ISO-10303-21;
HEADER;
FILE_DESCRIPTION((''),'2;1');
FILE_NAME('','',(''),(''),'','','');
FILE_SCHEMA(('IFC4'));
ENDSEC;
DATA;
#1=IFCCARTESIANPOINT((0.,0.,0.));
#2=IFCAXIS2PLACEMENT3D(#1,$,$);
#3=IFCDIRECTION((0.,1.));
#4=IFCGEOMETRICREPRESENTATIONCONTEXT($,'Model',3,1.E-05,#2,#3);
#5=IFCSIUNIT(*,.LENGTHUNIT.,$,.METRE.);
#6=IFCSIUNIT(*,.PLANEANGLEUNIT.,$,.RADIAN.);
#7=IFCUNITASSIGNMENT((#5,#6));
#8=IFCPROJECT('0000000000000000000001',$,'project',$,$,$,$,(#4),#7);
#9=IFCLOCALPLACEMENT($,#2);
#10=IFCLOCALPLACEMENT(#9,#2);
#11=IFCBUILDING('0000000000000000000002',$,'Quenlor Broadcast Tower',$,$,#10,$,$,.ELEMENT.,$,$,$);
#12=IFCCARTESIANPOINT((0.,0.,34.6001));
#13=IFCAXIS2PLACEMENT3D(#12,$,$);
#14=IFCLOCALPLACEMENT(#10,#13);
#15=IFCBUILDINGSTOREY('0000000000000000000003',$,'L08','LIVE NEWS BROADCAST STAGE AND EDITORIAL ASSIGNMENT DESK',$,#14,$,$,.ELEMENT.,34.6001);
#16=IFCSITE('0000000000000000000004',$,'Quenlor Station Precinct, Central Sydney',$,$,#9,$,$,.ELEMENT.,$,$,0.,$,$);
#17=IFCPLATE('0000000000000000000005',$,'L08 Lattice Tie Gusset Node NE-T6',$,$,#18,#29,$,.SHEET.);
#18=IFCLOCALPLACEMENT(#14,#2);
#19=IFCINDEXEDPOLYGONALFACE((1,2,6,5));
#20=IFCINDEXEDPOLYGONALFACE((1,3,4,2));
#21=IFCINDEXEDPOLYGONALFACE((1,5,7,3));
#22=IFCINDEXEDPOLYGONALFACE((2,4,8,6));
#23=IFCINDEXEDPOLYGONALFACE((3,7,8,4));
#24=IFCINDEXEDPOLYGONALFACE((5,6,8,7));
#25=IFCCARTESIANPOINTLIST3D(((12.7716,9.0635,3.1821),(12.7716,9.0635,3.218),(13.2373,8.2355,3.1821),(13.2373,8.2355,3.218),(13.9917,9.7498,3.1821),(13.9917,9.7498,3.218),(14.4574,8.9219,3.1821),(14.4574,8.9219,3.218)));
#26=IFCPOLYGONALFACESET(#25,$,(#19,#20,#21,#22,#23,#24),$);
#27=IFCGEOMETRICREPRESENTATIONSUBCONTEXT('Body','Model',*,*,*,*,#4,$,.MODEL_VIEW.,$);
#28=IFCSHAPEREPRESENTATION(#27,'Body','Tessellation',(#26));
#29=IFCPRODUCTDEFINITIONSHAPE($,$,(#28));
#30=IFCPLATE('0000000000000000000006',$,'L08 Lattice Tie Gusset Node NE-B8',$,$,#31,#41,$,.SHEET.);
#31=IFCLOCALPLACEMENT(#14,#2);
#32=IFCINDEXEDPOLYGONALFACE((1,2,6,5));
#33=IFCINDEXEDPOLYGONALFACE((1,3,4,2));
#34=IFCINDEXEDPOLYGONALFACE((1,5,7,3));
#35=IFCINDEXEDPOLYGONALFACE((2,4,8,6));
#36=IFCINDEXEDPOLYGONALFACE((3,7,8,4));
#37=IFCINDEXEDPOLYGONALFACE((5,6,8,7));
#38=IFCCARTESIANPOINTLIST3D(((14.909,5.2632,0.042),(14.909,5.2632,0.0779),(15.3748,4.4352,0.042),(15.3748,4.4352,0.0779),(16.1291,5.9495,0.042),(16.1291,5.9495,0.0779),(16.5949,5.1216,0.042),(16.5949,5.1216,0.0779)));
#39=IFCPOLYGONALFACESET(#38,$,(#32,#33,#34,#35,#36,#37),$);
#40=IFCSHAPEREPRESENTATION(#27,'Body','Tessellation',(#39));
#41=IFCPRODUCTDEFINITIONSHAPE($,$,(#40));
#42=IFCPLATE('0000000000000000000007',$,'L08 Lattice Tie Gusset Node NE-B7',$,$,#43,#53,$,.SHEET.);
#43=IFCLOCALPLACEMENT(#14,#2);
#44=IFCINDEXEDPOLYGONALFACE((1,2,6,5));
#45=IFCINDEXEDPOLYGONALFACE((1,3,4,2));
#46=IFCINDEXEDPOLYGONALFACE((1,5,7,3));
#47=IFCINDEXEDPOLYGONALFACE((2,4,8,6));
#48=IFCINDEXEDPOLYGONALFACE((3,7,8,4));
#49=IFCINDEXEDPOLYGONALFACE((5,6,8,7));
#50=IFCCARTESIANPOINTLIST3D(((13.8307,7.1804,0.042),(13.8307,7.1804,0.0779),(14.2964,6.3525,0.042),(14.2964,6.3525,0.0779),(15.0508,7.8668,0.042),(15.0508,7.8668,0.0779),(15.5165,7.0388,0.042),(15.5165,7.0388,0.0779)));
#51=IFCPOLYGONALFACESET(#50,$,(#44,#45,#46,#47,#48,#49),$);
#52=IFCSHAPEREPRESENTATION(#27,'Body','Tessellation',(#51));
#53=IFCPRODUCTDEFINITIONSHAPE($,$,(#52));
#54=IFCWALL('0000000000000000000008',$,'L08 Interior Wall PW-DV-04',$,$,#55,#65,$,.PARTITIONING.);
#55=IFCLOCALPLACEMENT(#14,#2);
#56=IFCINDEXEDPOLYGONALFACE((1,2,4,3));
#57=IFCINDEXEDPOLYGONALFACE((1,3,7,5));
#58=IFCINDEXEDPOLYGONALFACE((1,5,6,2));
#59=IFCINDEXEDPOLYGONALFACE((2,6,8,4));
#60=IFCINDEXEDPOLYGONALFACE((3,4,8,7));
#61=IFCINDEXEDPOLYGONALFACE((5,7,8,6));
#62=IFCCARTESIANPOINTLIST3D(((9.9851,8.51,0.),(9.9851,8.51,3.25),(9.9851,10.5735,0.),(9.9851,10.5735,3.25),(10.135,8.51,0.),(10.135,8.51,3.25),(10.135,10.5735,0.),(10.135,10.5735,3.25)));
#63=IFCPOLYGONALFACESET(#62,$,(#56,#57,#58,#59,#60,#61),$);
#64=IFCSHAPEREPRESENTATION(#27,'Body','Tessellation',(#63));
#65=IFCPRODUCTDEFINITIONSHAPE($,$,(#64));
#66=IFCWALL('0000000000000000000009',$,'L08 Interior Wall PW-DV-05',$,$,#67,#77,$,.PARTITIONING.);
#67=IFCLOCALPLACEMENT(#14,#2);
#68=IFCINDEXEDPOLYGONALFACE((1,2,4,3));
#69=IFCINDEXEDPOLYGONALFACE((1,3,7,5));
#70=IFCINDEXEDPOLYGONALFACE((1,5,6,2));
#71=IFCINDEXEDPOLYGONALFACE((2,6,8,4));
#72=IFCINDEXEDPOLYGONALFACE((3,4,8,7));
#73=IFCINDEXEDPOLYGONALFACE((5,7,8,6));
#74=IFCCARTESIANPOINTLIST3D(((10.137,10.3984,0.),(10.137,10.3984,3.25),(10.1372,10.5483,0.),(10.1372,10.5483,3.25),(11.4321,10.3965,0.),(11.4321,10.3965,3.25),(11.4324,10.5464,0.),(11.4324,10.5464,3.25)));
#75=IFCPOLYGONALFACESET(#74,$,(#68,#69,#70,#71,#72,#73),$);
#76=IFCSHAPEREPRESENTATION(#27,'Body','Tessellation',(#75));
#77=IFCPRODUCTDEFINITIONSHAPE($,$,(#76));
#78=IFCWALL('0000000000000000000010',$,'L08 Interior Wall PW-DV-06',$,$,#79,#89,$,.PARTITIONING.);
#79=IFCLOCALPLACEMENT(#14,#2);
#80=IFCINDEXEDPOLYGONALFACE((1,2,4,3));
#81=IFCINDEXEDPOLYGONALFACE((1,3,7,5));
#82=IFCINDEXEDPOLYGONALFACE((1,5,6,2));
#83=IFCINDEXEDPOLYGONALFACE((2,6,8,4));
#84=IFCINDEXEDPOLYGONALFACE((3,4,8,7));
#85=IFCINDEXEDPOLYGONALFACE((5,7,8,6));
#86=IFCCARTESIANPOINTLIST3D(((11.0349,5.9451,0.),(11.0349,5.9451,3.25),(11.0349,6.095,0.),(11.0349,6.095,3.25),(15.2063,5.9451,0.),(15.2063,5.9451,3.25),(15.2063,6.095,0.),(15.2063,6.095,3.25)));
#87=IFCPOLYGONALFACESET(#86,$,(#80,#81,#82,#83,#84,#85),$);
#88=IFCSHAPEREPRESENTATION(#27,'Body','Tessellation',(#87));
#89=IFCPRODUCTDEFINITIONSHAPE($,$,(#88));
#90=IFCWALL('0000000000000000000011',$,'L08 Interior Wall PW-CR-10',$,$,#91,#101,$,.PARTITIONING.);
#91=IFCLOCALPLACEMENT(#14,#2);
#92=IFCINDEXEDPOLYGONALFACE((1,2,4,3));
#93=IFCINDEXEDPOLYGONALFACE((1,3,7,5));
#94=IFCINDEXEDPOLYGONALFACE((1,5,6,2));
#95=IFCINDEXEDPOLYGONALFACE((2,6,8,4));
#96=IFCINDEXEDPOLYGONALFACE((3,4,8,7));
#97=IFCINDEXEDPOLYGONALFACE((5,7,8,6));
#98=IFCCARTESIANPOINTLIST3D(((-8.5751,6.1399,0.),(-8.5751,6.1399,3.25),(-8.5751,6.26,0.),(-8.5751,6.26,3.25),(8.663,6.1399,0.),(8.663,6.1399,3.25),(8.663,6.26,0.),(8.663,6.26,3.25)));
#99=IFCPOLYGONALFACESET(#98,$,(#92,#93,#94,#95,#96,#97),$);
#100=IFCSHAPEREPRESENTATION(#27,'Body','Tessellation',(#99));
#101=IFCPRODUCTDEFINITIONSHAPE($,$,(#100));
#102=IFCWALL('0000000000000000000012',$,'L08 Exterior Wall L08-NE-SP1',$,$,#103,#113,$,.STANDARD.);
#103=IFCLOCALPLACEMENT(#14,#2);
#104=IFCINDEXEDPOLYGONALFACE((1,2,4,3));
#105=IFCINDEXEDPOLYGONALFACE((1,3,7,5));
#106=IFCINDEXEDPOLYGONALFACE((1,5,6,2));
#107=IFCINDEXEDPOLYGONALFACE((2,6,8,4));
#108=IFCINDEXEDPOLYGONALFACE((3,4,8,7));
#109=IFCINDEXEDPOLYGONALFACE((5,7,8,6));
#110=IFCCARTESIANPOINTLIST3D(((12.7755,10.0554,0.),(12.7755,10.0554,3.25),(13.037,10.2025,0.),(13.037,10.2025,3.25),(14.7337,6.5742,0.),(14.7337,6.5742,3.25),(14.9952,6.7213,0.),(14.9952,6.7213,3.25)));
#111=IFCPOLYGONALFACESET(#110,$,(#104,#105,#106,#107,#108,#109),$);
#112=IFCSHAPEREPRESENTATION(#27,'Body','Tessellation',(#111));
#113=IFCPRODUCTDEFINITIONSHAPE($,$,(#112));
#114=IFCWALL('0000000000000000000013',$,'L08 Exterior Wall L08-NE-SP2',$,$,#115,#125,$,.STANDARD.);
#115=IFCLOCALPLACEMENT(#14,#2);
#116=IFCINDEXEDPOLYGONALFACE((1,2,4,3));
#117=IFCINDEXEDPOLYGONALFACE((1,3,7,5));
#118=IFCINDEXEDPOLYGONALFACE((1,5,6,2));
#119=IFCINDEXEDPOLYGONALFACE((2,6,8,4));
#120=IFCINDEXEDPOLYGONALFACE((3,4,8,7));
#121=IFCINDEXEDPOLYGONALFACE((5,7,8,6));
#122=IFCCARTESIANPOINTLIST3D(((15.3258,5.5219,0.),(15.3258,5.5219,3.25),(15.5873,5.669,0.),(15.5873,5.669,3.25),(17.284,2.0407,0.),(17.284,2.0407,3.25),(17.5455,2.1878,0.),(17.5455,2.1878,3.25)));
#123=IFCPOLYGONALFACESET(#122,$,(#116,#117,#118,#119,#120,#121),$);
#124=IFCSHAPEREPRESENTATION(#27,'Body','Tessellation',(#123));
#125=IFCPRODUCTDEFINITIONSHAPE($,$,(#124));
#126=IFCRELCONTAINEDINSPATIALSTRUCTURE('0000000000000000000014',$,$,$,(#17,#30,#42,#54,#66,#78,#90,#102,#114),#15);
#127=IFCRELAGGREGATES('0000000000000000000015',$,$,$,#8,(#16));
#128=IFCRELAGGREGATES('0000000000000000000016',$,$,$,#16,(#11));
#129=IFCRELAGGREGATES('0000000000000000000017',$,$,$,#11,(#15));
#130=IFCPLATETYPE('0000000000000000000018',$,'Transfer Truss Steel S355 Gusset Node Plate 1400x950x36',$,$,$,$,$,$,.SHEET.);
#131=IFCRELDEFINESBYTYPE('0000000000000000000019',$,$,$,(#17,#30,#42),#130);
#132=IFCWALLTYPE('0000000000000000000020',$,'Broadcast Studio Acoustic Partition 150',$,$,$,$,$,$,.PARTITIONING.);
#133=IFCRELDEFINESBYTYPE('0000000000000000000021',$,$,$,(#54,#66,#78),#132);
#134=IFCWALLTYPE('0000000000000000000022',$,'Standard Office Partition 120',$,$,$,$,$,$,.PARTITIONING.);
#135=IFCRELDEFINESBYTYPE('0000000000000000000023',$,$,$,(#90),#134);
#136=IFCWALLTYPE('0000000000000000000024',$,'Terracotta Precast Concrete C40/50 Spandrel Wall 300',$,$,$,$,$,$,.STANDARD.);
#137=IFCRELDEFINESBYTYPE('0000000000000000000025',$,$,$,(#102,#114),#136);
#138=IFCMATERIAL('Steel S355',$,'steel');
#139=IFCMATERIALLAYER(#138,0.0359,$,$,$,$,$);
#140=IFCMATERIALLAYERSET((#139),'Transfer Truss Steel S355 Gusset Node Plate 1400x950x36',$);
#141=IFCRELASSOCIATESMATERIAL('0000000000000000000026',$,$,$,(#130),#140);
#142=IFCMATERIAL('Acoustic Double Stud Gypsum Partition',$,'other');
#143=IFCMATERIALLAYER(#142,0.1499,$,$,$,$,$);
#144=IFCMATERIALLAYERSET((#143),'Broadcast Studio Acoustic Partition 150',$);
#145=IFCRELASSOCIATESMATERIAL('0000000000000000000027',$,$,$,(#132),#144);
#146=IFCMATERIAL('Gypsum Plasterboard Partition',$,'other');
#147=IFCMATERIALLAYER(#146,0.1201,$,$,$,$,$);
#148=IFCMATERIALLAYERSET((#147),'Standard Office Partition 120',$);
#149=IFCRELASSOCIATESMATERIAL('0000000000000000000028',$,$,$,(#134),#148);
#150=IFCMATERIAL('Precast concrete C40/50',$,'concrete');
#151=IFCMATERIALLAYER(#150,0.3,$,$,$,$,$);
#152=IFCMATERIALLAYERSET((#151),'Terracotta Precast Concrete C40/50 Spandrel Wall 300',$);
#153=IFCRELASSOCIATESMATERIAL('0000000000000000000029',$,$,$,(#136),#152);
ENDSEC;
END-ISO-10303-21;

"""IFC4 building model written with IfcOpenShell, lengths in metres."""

from ifc_helpers import new_model, si_unit, direction, frame, frame_2d, origin, origin_2d, place, context, subcontext, project, spatial, rectangle, extrude, material, layer, layer_set, type_object, element, save


model = new_model("IFC4")

# Units and contexts
model_context = context("Model", 3, precision=1e-05, world=origin(), true_north=direction((0.0, 1.0)))
body_context = subcontext(model_context, "Body", "Model", "MODEL_VIEW")
ifc_project = project(units=[si_unit("LENGTHUNIT", "METRE"), si_unit("PLANEANGLEUNIT", "RADIAN")], contexts=[model_context])

# Site, building, storey
site_placement = place(None, origin())
site = spatial("IfcSite", under=ifc_project, at=site_placement, Name="Quenlor Station Precinct, Central Sydney", CompositionType="ELEMENT", RefElevation=0.0)
building_placement = place(site_placement, origin())
building = spatial("IfcBuilding", under=site, at=building_placement, Name="Quenlor Broadcast Tower", CompositionType="ELEMENT")
storey_placement = place(building_placement, frame((0.0, 0.0, 34.6001)))
storey = spatial("IfcBuildingStorey", under=building, at=storey_placement, Name="L08", Description="LIVE NEWS BROADCAST STAGE AND EDITORIAL ASSIGNMENT DESK", CompositionType="ELEMENT", Elevation=34.6001)

# Plates
ifc_material_1 = material(Name="Steel S355", Category="steel")
ifc_layer_1 = layer(ifc_material_1, 0.0359)
ifc_layer_set_1 = layer_set([ifc_layer_1], Name="Transfer Truss Steel S355 Gusset Node Plate 1400x950x36")
plate_type_1 = type_object("IfcPlateType", Name="Transfer Truss Steel S355 Gusset Node Plate 1400x950x36", PredefinedType="SHEET", material=ifc_layer_set_1)
for number, where, z_axis, x_axis, name in (
    (1, (13.6145, 8.9927, 3.1821), (0.0, 0.0, 1.0), (0.871556, 0.490295, 0.0), "L08 Lattice Tie Gusset Node NE-T6"),
    (2, (15.752, 5.1924, 0.042), (0.0, 0.0, 1.0), (0.871556, 0.490295, 0.0), "L08 Lattice Tie Gusset Node NE-B8"),
    (3, (14.6736, 7.1096, 0.042), (0.0, 0.0, 1.0), (0.871556, 0.490295, 0.0), "L08 Lattice Tie Gusset Node NE-B7"),
):
    element("IfcPlate", number, at=place(storey_placement, frame(where, z_axis=z_axis, x_axis=x_axis)), inside=storey, type_object=plate_type_1, Name=name, PredefinedType="SHEET", context=body_context, shape_type="SweptSolid", body=[
        extrude(rectangle(XDim=1.3999, YDim=0.95, at=origin_2d()), origin(), (0.0, 0.0, 1.0), 0.0359),
    ])

# Walls
ifc_material_2 = material(Name="Acoustic Double Stud Gypsum Partition", Category="other")
ifc_layer_2 = layer(ifc_material_2, 0.1499)
ifc_layer_set_2 = layer_set([ifc_layer_2], Name="Broadcast Studio Acoustic Partition 150")
wall_type_1 = type_object("IfcWallType", Name="Broadcast Studio Acoustic Partition 150", PredefinedType="PARTITIONING", material=ifc_layer_set_2)
wall_1_placement = place(storey_placement, frame((10.0601, 10.5735, 0.0), z_axis=(0.0, 0.0, 1.0), x_axis=(0.0, -1.0, 0.0)))
element("IfcWall", 4, at=wall_1_placement, inside=storey, type_object=wall_type_1, Name="L08 Interior Wall PW-DV-04", PredefinedType="PARTITIONING", context=body_context, shape_type="SweptSolid", body=[
    extrude(rectangle(XDim=2.0635, YDim=0.1499, at=frame_2d((1.0317, 0.0))), origin(), (0.0, 0.0, 1.0), 3.25),
])
wall_2_placement = place(storey_placement, frame((11.4321, 10.4714, 0.0), z_axis=(0.0, 0.0, 1.0), x_axis=(-0.999999, 0.001508, 0.0)))
element("IfcWall", 5, at=wall_2_placement, inside=storey, type_object=wall_type_1, Name="L08 Interior Wall PW-DV-05", PredefinedType="PARTITIONING", context=body_context, shape_type="SweptSolid", body=[
    extrude(rectangle(XDim=1.2952, YDim=0.1499, at=frame_2d((0.6475, 0.0))), origin(), (0.0, 0.0, 1.0), 3.25),
])
wall_3_placement = place(storey_placement, frame((15.2063, 6.02, 0.0), z_axis=(0.0, 0.0, 1.0), x_axis=(-1.0, 0.0, 0.0)))
element("IfcWall", 6, at=wall_3_placement, inside=storey, type_object=wall_type_1, Name="L08 Interior Wall PW-DV-06", PredefinedType="PARTITIONING", context=body_context, shape_type="SweptSolid", body=[
    extrude(rectangle(XDim=4.1714, YDim=0.1499, at=frame_2d((2.0857, 0.0))), origin(), (0.0, 0.0, 1.0), 3.25),
])

# Shared definitions
ifc_material_3 = material(Name="Gypsum Plasterboard Partition", Category="other")
ifc_layer_3 = layer(ifc_material_3, 0.1201)
ifc_layer_set_3 = layer_set([ifc_layer_3], Name="Standard Office Partition 120")
wall_type_2 = type_object("IfcWallType", Name="Standard Office Partition 120", PredefinedType="PARTITIONING", material=ifc_layer_set_3)

# Walls
wall_4_placement = place(storey_placement, frame((8.6631, 6.2, 0.0), z_axis=(0.0, 0.0, 1.0), x_axis=(-1.0, 0.0, 0.0)))
element("IfcWall", 7, at=wall_4_placement, inside=storey, type_object=wall_type_2, Name="L08 Interior Wall PW-CR-10", PredefinedType="PARTITIONING", context=body_context, shape_type="SweptSolid", body=[
    extrude(rectangle(XDim=17.238, YDim=0.1201, at=frame_2d((8.6191, 0.0))), origin(), (0.0, 0.0, 1.0), 3.25),
])
ifc_material_4 = material(Name="Precast concrete C40/50", Category="concrete")
ifc_layer_4 = layer(ifc_material_4, 0.3)
ifc_layer_set_4 = layer_set([ifc_layer_4], Name="Terracotta Precast Concrete C40/50 Spandrel Wall 300")
wall_type_3 = type_object("IfcWallType", Name="Terracotta Precast Concrete C40/50 Spandrel Wall 300", PredefinedType="STANDARD", material=ifc_layer_set_4)
for number, where, z_axis, x_axis, name in (
    (8, (12.9062, 10.1289, 0.0), (0.0, 0.0, 1.0), (0.490276, -0.871567, 0.0), "L08 Exterior Wall L08-NE-SP1"),
    (9, (15.4565, 5.5955, 0.0), (0.0, 0.0, 1.0), (0.490276, -0.871567, 0.0), "L08 Exterior Wall L08-NE-SP2"),
):
    element("IfcWall", number, at=place(storey_placement, frame(where, z_axis=z_axis, x_axis=x_axis)), inside=storey, type_object=wall_type_3, Name=name, PredefinedType="STANDARD", context=body_context, shape_type="SweptSolid", body=[
        extrude(rectangle(XDim=3.9941, YDim=0.3, at=frame_2d((1.9971, 0.0))), origin(), (0.0, 0.0, 1.0), 3.25),
    ])

save(model, "model.ifc")
